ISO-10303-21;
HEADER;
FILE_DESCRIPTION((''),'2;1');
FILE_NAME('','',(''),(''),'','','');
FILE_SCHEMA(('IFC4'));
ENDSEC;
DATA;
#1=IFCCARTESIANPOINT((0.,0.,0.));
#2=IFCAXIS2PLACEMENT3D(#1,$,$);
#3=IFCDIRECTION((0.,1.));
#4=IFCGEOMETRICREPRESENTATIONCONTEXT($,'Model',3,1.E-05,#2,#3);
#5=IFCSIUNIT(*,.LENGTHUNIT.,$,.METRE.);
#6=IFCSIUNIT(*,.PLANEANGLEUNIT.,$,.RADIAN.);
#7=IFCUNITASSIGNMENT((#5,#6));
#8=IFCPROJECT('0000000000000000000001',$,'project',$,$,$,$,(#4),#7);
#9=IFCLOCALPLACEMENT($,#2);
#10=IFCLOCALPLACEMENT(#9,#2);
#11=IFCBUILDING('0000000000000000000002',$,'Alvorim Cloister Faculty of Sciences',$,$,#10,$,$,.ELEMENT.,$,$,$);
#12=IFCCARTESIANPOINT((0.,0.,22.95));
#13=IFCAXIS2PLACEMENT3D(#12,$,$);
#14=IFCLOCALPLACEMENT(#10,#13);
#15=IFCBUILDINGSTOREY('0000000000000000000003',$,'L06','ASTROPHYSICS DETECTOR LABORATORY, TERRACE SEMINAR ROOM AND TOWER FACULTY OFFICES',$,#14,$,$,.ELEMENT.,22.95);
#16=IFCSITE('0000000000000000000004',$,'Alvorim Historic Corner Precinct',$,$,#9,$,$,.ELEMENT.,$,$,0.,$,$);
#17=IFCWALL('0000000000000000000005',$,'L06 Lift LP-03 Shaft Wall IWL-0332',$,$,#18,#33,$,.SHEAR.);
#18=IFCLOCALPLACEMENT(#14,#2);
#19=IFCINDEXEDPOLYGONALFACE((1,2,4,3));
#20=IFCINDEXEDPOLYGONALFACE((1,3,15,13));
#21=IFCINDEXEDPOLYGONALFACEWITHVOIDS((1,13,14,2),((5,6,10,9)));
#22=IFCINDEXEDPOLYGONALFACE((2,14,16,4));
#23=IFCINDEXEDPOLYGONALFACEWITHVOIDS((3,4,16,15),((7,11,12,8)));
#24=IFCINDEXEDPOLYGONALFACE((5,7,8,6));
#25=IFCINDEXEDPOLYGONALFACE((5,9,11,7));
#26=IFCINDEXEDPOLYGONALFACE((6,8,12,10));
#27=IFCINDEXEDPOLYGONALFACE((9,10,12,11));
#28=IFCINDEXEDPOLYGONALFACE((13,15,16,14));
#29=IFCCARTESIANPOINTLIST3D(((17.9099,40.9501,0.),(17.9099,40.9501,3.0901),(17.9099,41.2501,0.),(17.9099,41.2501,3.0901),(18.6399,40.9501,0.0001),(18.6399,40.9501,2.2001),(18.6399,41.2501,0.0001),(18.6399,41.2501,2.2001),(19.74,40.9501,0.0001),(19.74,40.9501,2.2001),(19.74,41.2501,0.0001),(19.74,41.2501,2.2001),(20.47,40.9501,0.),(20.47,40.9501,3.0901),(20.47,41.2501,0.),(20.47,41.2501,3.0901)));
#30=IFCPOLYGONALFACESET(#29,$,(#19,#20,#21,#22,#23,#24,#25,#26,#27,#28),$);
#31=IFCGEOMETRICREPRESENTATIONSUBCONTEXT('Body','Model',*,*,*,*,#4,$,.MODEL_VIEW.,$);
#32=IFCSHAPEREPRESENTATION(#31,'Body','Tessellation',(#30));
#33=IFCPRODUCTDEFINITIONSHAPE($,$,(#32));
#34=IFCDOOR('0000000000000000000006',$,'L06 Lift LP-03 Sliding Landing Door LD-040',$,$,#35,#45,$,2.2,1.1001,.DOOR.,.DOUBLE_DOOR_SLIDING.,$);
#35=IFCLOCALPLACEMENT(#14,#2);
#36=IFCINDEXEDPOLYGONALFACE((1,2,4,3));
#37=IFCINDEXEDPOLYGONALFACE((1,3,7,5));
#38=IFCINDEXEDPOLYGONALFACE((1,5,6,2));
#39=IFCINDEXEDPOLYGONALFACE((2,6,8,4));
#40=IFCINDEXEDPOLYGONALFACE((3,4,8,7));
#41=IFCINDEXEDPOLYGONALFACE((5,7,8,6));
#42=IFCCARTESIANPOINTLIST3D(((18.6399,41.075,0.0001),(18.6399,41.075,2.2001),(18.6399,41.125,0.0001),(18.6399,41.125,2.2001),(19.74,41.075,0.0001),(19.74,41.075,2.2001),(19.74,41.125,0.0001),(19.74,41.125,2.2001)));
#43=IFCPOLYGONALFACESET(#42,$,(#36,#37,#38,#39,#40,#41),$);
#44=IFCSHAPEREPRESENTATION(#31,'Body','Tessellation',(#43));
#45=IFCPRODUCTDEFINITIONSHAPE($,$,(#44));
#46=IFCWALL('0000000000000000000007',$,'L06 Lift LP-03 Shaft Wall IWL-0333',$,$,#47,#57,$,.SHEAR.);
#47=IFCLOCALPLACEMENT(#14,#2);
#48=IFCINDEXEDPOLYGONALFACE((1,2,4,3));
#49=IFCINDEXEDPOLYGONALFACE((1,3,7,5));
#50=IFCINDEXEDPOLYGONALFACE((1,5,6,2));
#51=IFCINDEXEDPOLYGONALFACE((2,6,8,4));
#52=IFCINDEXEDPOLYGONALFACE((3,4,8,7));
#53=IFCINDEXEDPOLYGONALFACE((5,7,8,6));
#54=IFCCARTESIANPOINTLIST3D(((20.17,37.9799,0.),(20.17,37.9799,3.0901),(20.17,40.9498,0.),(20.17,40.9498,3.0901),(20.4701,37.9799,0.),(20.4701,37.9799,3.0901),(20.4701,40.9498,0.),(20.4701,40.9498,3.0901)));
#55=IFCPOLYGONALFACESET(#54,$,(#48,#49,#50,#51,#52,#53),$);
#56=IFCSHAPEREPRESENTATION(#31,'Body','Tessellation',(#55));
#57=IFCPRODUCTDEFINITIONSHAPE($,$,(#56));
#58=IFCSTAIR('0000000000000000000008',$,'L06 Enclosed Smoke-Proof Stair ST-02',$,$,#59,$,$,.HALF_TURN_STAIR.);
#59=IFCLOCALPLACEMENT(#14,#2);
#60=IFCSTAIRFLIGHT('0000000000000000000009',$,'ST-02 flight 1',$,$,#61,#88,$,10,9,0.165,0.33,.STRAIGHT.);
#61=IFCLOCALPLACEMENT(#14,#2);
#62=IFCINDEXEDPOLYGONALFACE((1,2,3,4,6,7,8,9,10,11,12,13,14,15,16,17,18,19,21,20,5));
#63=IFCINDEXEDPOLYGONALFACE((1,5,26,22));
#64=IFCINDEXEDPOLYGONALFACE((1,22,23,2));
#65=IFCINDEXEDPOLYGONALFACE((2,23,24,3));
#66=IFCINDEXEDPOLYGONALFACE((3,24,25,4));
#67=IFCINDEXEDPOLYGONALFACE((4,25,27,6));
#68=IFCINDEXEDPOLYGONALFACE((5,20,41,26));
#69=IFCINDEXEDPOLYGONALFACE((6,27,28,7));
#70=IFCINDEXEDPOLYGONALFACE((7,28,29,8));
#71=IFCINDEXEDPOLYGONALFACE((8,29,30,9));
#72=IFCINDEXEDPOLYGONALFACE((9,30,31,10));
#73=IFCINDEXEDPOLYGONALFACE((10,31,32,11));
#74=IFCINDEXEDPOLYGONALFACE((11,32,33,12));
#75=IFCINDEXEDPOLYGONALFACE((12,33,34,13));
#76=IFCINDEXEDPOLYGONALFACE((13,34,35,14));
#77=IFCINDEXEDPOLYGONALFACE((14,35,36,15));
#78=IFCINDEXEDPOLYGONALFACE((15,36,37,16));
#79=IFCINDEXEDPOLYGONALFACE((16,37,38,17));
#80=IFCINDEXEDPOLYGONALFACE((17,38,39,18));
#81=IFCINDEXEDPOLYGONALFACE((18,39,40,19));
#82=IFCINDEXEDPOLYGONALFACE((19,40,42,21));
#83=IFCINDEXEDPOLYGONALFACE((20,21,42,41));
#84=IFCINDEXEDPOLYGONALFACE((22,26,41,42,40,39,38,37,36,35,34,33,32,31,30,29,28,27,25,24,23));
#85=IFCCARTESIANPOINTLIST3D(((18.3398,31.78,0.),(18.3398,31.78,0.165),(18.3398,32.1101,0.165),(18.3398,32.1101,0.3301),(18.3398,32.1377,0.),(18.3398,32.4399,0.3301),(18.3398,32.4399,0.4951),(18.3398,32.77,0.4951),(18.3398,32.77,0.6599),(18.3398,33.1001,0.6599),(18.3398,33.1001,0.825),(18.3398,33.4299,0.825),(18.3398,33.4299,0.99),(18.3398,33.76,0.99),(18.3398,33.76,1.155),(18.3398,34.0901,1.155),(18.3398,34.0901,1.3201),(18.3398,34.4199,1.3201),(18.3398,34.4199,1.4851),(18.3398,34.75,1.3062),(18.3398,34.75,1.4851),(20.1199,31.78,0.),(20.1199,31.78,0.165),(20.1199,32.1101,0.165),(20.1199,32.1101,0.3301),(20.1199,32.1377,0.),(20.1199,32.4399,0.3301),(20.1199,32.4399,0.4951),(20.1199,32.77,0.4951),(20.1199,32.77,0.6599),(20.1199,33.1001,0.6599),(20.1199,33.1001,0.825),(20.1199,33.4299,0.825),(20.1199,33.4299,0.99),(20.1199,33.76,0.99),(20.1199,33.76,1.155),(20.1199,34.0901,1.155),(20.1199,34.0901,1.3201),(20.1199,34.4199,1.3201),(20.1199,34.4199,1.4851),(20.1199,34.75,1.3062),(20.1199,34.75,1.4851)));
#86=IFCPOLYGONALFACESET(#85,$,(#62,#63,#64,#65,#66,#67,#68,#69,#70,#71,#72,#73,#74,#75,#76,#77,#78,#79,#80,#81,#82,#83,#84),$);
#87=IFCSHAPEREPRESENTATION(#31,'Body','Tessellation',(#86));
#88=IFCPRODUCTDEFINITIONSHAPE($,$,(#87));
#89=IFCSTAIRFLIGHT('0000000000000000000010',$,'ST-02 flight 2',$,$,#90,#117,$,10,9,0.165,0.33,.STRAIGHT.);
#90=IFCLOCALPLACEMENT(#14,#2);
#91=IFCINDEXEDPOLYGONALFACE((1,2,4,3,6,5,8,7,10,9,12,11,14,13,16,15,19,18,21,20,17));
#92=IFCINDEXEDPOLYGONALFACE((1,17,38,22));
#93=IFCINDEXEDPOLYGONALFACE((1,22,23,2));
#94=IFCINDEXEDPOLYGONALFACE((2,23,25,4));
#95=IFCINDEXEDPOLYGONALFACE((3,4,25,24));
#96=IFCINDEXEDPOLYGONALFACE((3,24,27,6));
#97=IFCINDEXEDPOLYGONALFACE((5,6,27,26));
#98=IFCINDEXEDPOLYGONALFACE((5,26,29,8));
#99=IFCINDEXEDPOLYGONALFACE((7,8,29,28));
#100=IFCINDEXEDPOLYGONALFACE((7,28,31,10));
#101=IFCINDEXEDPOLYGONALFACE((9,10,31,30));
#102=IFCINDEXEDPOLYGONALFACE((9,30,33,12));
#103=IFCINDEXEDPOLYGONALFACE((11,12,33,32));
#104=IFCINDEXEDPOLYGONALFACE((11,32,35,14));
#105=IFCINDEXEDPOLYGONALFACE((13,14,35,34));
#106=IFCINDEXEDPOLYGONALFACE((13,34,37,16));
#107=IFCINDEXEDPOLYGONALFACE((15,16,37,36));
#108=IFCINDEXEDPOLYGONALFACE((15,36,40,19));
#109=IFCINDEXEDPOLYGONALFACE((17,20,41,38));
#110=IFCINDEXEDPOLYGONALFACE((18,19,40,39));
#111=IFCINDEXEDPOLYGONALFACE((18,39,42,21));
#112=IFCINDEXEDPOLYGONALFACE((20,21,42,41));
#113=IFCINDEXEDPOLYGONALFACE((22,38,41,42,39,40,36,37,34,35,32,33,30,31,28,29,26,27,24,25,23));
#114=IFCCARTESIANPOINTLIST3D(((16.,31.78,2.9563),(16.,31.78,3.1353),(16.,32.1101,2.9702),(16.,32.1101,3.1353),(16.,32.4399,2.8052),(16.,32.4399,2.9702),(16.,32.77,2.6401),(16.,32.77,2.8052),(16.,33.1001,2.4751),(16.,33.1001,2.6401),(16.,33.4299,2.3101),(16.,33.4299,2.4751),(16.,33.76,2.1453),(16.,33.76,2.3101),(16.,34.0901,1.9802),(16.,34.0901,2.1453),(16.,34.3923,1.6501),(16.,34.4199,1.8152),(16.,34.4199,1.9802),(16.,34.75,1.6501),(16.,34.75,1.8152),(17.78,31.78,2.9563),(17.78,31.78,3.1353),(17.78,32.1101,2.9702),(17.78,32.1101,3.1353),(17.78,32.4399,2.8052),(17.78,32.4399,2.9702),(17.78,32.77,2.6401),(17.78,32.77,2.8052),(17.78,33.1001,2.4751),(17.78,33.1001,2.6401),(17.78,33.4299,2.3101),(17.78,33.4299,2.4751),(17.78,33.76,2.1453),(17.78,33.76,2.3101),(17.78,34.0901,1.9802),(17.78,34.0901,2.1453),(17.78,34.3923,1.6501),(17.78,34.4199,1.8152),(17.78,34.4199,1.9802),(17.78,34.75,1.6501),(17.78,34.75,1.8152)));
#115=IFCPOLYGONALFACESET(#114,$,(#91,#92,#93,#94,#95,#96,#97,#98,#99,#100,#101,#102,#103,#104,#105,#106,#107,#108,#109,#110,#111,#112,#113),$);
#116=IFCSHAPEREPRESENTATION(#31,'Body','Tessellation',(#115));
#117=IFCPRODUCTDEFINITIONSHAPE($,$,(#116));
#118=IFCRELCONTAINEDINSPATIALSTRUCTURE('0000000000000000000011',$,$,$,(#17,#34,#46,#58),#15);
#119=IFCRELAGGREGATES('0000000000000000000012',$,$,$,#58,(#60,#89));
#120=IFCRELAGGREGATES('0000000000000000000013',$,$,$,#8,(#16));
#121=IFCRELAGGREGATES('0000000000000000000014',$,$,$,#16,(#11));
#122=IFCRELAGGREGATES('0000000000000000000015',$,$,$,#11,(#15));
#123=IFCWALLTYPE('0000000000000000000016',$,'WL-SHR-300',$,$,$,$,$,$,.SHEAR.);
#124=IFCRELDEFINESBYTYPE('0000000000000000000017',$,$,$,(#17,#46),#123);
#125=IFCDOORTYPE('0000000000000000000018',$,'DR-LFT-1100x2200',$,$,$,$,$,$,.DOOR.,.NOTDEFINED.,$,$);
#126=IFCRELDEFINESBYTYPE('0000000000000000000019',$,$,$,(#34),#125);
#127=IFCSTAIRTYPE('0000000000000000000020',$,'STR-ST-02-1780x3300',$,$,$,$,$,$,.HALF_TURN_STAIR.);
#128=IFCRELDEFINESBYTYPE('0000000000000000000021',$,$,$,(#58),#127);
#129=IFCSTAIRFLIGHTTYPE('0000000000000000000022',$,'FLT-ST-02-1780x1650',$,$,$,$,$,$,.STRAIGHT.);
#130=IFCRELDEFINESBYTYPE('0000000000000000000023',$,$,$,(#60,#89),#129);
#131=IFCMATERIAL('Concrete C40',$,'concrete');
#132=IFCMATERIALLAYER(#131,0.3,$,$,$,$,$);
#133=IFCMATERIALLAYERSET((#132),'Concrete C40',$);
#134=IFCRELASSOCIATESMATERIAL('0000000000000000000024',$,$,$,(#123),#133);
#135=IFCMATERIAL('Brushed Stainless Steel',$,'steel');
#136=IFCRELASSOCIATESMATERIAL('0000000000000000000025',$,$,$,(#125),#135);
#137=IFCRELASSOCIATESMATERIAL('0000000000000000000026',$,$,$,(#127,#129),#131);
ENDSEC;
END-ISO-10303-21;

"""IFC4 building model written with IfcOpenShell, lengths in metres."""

from ifc_helpers import new_model, si_unit, direction, frame, frame_2d, origin, place, context, subcontext, project, spatial, polyline, rectangle, outline, extrude, material, layer, layer_set, type_object, element, fill, aggregate, save


model = new_model("IFC4")

# Units and contexts
model_context = context("Model", 3, precision=1e-05, world=origin(), true_north=direction((0.0, 1.0)))
body_context = subcontext(model_context, "Body", "Model", "MODEL_VIEW")
ifc_project = project(units=[si_unit("LENGTHUNIT", "METRE"), si_unit("PLANEANGLEUNIT", "RADIAN")], contexts=[model_context])

# Site, building, storey
site_placement = place(None, origin())
site = spatial("IfcSite", under=ifc_project, at=site_placement, Name="Alvorim Historic Corner Precinct", CompositionType="ELEMENT", RefElevation=0.0)
building_placement = place(site_placement, origin())
building = spatial("IfcBuilding", under=site, at=building_placement, Name="Alvorim Cloister Faculty of Sciences", CompositionType="ELEMENT")
storey_placement = place(building_placement, frame((0.0, 0.0, 22.95)))
storey = spatial("IfcBuildingStorey", under=building, at=storey_placement, Name="L06", Description="ASTROPHYSICS DETECTOR LABORATORY, TERRACE SEMINAR ROOM AND TOWER FACULTY OFFICES", CompositionType="ELEMENT", Elevation=22.95)

# Shared definitions
ifc_material_1 = material(Name="Concrete C40", Category="concrete")
ifc_layer = layer(ifc_material_1, 0.3)
ifc_layer_set = layer_set([ifc_layer], Name="Concrete C40")
wall_type = type_object("IfcWallType", Name="WL-SHR-300", PredefinedType="SHEAR", material=ifc_layer_set)

# Shared definitions
ifc_material_2 = material(Name="Brushed Stainless Steel", Category="steel")
door_type = type_object("IfcDoorType", Name="DR-LFT-1100x2200", OperationType="NOTDEFINED", PredefinedType="DOOR", material=ifc_material_2)

# Wall, opening, door
wall_1_placement = place(storey_placement, frame((17.9099, 41.1001, 0.0), z_axis=(0.0, 0.0, 1.0), x_axis=(1.0, 0.0, 0.0)))
wall_1 = element("IfcWall", 1, at=wall_1_placement, inside=storey, type_object=wall_type, Name="L06 Lift LP-03 Shaft Wall IWL-0332", PredefinedType="SHEAR", context=body_context, shape_type="SweptSolid", body=[
    extrude(rectangle(XDim=2.5601, YDim=0.3, at=frame_2d((1.28, 0.0))), origin(), (0.0, 0.0, 1.0), 3.0901),
])
opening_1_placement = place(wall_1_placement, frame((0.73, 0.0, 0.0)))
opening_1 = element("IfcOpeningElement", 2, at=opening_1_placement, cuts=wall_1, PredefinedType="OPENING", context=body_context, shape_type="SweptSolid", body=[
    extrude(rectangle(XDim=1.1001, YDim=2.2, at=frame_2d((0.55, 1.1001))), frame((0.0, 0.1621, 0.0), z_axis=(0.0, -1.0, 0.0), x_axis=(1.0, 0.0, 0.0)), (0.0, 0.0, 1.0), 0.324),
])
door_1_placement = place(opening_1_placement, origin())
door_1 = element("IfcDoor", 3, at=door_1_placement, inside=storey, type_object=door_type, Name="L06 Lift LP-03 Sliding Landing Door LD-040", OperationType="DOUBLE_DOOR_SLIDING", OverallHeight=2.2, OverallWidth=1.1001, PredefinedType="DOOR", context=body_context, shape_type="SweptSolid", body=[
    extrude(rectangle(XDim=1.1001, YDim=2.2, at=frame_2d((0.55, 1.1001))), frame((0.0, 0.0249, 0.0), z_axis=(0.0, -1.0, 0.0), x_axis=(1.0, 0.0, 0.0)), (0.0, 0.0, 1.0), 0.05),
])
fill(opening_1, door_1)

# Wall
wall_2_placement = place(storey_placement, frame((20.3201, 37.98, 0.0), z_axis=(0.0, 0.0, 1.0), x_axis=(0.0, 1.0, 0.0)))
element("IfcWall", 4, at=wall_2_placement, inside=storey, type_object=wall_type, Name="L06 Lift LP-03 Shaft Wall IWL-0333", PredefinedType="SHEAR", context=body_context, shape_type="SweptSolid", body=[
    extrude(rectangle(XDim=2.97, YDim=0.3, at=frame_2d((1.4849, 0.0))), origin(), (0.0, 0.0, 1.0), 3.0901),
])

# Stair, stair flights
stair_type = type_object("IfcStairType", Name="STR-ST-02-1780x3300", PredefinedType="HALF_TURN_STAIR", material=ifc_material_1)
stair_placement = place(storey_placement, origin())
stair = element("IfcStair", 5, at=stair_placement, inside=storey, type_object=stair_type, Name="L06 Enclosed Smoke-Proof Stair ST-02", PredefinedType="HALF_TURN_STAIR")
stair_flight_type = type_object("IfcStairFlightType", Name="FLT-ST-02-1780x1650", PredefinedType="STRAIGHT", material=ifc_material_1)
stair_flight_1_placement = place(storey_placement, frame((19.23, 31.78, 0.0), z_axis=(0.0, 0.0, 1.0), x_axis=(0.0, 1.0, 0.0)))
stair_flight_1 = element("IfcStairFlight", 6, at=stair_flight_1_placement, type_object=stair_flight_type, Name="ST-02 flight 1", NumberOfRisers=10, NumberOfTreads=9, PredefinedType="STRAIGHT", RiserHeight=0.165, TreadLength=0.33, context=body_context, shape_type="SweptSolid", body=[
    extrude(outline(polyline([(0.3577, 0.0), (2.97, 1.3062), (2.97, 1.6499), (2.97, 1.4851), (2.6399, 1.4851), (2.6399, 1.3201), (2.3101, 1.3201), (2.3101, 1.155), (1.98, 1.155), (1.98, 0.99), (1.6499, 0.99), (1.6499, 0.825), (1.3201, 0.825), (1.3201, 0.6599), (0.99, 0.6599), (0.99, 0.4951), (0.6599, 0.4951), (0.6599, 0.3301), (0.3301, 0.3301), (0.3301, 0.165), (0.0, 0.165), (0.0, 0.0), (0.3577, 0.0)])), frame((0.0, 0.8901, 0.0), z_axis=(0.0, -1.0, 0.0), x_axis=(1.0, 0.0, 0.0)), (0.0, 0.0, 1.0), 1.78),
])
stair_flight_2_placement = place(storey_placement, frame((16.8899, 34.75, 1.6501), z_axis=(0.0, 0.0, 1.0), x_axis=(0.0, -1.0, 0.0)))
stair_flight_2 = element("IfcStairFlight", 7, at=stair_flight_2_placement, type_object=stair_flight_type, Name="ST-02 flight 2", NumberOfRisers=10, NumberOfTreads=9, PredefinedType="STRAIGHT", RiserHeight=0.165, TreadLength=0.33, context=body_context, shape_type="SweptSolid", body=[
    extrude(outline(polyline([(0.3577, 0.0), (2.97, 1.3062), (2.97, 1.6499), (2.97, 1.4851), (2.6399, 1.4851), (2.6399, 1.3201), (2.3101, 1.3201), (2.3101, 1.155), (1.98, 1.155), (1.98, 0.99), (1.6499, 0.99), (1.6499, 0.825), (1.3201, 0.825), (1.3201, 0.6599), (0.99, 0.6599), (0.99, 0.4951), (0.6599, 0.4951), (0.6599, 0.3301), (0.3301, 0.3301), (0.3301, 0.165), (0.0, 0.165), (0.0, 0.0), (0.3577, 0.0)])), frame((0.0, 0.8901, 0.0), z_axis=(0.0, -1.0, 0.0), x_axis=(1.0, 0.0, 0.0)), (0.0, 0.0, 1.0), 1.78),
])
aggregate(stair, [stair_flight_1, stair_flight_2])

save(model, "model.ifc")
